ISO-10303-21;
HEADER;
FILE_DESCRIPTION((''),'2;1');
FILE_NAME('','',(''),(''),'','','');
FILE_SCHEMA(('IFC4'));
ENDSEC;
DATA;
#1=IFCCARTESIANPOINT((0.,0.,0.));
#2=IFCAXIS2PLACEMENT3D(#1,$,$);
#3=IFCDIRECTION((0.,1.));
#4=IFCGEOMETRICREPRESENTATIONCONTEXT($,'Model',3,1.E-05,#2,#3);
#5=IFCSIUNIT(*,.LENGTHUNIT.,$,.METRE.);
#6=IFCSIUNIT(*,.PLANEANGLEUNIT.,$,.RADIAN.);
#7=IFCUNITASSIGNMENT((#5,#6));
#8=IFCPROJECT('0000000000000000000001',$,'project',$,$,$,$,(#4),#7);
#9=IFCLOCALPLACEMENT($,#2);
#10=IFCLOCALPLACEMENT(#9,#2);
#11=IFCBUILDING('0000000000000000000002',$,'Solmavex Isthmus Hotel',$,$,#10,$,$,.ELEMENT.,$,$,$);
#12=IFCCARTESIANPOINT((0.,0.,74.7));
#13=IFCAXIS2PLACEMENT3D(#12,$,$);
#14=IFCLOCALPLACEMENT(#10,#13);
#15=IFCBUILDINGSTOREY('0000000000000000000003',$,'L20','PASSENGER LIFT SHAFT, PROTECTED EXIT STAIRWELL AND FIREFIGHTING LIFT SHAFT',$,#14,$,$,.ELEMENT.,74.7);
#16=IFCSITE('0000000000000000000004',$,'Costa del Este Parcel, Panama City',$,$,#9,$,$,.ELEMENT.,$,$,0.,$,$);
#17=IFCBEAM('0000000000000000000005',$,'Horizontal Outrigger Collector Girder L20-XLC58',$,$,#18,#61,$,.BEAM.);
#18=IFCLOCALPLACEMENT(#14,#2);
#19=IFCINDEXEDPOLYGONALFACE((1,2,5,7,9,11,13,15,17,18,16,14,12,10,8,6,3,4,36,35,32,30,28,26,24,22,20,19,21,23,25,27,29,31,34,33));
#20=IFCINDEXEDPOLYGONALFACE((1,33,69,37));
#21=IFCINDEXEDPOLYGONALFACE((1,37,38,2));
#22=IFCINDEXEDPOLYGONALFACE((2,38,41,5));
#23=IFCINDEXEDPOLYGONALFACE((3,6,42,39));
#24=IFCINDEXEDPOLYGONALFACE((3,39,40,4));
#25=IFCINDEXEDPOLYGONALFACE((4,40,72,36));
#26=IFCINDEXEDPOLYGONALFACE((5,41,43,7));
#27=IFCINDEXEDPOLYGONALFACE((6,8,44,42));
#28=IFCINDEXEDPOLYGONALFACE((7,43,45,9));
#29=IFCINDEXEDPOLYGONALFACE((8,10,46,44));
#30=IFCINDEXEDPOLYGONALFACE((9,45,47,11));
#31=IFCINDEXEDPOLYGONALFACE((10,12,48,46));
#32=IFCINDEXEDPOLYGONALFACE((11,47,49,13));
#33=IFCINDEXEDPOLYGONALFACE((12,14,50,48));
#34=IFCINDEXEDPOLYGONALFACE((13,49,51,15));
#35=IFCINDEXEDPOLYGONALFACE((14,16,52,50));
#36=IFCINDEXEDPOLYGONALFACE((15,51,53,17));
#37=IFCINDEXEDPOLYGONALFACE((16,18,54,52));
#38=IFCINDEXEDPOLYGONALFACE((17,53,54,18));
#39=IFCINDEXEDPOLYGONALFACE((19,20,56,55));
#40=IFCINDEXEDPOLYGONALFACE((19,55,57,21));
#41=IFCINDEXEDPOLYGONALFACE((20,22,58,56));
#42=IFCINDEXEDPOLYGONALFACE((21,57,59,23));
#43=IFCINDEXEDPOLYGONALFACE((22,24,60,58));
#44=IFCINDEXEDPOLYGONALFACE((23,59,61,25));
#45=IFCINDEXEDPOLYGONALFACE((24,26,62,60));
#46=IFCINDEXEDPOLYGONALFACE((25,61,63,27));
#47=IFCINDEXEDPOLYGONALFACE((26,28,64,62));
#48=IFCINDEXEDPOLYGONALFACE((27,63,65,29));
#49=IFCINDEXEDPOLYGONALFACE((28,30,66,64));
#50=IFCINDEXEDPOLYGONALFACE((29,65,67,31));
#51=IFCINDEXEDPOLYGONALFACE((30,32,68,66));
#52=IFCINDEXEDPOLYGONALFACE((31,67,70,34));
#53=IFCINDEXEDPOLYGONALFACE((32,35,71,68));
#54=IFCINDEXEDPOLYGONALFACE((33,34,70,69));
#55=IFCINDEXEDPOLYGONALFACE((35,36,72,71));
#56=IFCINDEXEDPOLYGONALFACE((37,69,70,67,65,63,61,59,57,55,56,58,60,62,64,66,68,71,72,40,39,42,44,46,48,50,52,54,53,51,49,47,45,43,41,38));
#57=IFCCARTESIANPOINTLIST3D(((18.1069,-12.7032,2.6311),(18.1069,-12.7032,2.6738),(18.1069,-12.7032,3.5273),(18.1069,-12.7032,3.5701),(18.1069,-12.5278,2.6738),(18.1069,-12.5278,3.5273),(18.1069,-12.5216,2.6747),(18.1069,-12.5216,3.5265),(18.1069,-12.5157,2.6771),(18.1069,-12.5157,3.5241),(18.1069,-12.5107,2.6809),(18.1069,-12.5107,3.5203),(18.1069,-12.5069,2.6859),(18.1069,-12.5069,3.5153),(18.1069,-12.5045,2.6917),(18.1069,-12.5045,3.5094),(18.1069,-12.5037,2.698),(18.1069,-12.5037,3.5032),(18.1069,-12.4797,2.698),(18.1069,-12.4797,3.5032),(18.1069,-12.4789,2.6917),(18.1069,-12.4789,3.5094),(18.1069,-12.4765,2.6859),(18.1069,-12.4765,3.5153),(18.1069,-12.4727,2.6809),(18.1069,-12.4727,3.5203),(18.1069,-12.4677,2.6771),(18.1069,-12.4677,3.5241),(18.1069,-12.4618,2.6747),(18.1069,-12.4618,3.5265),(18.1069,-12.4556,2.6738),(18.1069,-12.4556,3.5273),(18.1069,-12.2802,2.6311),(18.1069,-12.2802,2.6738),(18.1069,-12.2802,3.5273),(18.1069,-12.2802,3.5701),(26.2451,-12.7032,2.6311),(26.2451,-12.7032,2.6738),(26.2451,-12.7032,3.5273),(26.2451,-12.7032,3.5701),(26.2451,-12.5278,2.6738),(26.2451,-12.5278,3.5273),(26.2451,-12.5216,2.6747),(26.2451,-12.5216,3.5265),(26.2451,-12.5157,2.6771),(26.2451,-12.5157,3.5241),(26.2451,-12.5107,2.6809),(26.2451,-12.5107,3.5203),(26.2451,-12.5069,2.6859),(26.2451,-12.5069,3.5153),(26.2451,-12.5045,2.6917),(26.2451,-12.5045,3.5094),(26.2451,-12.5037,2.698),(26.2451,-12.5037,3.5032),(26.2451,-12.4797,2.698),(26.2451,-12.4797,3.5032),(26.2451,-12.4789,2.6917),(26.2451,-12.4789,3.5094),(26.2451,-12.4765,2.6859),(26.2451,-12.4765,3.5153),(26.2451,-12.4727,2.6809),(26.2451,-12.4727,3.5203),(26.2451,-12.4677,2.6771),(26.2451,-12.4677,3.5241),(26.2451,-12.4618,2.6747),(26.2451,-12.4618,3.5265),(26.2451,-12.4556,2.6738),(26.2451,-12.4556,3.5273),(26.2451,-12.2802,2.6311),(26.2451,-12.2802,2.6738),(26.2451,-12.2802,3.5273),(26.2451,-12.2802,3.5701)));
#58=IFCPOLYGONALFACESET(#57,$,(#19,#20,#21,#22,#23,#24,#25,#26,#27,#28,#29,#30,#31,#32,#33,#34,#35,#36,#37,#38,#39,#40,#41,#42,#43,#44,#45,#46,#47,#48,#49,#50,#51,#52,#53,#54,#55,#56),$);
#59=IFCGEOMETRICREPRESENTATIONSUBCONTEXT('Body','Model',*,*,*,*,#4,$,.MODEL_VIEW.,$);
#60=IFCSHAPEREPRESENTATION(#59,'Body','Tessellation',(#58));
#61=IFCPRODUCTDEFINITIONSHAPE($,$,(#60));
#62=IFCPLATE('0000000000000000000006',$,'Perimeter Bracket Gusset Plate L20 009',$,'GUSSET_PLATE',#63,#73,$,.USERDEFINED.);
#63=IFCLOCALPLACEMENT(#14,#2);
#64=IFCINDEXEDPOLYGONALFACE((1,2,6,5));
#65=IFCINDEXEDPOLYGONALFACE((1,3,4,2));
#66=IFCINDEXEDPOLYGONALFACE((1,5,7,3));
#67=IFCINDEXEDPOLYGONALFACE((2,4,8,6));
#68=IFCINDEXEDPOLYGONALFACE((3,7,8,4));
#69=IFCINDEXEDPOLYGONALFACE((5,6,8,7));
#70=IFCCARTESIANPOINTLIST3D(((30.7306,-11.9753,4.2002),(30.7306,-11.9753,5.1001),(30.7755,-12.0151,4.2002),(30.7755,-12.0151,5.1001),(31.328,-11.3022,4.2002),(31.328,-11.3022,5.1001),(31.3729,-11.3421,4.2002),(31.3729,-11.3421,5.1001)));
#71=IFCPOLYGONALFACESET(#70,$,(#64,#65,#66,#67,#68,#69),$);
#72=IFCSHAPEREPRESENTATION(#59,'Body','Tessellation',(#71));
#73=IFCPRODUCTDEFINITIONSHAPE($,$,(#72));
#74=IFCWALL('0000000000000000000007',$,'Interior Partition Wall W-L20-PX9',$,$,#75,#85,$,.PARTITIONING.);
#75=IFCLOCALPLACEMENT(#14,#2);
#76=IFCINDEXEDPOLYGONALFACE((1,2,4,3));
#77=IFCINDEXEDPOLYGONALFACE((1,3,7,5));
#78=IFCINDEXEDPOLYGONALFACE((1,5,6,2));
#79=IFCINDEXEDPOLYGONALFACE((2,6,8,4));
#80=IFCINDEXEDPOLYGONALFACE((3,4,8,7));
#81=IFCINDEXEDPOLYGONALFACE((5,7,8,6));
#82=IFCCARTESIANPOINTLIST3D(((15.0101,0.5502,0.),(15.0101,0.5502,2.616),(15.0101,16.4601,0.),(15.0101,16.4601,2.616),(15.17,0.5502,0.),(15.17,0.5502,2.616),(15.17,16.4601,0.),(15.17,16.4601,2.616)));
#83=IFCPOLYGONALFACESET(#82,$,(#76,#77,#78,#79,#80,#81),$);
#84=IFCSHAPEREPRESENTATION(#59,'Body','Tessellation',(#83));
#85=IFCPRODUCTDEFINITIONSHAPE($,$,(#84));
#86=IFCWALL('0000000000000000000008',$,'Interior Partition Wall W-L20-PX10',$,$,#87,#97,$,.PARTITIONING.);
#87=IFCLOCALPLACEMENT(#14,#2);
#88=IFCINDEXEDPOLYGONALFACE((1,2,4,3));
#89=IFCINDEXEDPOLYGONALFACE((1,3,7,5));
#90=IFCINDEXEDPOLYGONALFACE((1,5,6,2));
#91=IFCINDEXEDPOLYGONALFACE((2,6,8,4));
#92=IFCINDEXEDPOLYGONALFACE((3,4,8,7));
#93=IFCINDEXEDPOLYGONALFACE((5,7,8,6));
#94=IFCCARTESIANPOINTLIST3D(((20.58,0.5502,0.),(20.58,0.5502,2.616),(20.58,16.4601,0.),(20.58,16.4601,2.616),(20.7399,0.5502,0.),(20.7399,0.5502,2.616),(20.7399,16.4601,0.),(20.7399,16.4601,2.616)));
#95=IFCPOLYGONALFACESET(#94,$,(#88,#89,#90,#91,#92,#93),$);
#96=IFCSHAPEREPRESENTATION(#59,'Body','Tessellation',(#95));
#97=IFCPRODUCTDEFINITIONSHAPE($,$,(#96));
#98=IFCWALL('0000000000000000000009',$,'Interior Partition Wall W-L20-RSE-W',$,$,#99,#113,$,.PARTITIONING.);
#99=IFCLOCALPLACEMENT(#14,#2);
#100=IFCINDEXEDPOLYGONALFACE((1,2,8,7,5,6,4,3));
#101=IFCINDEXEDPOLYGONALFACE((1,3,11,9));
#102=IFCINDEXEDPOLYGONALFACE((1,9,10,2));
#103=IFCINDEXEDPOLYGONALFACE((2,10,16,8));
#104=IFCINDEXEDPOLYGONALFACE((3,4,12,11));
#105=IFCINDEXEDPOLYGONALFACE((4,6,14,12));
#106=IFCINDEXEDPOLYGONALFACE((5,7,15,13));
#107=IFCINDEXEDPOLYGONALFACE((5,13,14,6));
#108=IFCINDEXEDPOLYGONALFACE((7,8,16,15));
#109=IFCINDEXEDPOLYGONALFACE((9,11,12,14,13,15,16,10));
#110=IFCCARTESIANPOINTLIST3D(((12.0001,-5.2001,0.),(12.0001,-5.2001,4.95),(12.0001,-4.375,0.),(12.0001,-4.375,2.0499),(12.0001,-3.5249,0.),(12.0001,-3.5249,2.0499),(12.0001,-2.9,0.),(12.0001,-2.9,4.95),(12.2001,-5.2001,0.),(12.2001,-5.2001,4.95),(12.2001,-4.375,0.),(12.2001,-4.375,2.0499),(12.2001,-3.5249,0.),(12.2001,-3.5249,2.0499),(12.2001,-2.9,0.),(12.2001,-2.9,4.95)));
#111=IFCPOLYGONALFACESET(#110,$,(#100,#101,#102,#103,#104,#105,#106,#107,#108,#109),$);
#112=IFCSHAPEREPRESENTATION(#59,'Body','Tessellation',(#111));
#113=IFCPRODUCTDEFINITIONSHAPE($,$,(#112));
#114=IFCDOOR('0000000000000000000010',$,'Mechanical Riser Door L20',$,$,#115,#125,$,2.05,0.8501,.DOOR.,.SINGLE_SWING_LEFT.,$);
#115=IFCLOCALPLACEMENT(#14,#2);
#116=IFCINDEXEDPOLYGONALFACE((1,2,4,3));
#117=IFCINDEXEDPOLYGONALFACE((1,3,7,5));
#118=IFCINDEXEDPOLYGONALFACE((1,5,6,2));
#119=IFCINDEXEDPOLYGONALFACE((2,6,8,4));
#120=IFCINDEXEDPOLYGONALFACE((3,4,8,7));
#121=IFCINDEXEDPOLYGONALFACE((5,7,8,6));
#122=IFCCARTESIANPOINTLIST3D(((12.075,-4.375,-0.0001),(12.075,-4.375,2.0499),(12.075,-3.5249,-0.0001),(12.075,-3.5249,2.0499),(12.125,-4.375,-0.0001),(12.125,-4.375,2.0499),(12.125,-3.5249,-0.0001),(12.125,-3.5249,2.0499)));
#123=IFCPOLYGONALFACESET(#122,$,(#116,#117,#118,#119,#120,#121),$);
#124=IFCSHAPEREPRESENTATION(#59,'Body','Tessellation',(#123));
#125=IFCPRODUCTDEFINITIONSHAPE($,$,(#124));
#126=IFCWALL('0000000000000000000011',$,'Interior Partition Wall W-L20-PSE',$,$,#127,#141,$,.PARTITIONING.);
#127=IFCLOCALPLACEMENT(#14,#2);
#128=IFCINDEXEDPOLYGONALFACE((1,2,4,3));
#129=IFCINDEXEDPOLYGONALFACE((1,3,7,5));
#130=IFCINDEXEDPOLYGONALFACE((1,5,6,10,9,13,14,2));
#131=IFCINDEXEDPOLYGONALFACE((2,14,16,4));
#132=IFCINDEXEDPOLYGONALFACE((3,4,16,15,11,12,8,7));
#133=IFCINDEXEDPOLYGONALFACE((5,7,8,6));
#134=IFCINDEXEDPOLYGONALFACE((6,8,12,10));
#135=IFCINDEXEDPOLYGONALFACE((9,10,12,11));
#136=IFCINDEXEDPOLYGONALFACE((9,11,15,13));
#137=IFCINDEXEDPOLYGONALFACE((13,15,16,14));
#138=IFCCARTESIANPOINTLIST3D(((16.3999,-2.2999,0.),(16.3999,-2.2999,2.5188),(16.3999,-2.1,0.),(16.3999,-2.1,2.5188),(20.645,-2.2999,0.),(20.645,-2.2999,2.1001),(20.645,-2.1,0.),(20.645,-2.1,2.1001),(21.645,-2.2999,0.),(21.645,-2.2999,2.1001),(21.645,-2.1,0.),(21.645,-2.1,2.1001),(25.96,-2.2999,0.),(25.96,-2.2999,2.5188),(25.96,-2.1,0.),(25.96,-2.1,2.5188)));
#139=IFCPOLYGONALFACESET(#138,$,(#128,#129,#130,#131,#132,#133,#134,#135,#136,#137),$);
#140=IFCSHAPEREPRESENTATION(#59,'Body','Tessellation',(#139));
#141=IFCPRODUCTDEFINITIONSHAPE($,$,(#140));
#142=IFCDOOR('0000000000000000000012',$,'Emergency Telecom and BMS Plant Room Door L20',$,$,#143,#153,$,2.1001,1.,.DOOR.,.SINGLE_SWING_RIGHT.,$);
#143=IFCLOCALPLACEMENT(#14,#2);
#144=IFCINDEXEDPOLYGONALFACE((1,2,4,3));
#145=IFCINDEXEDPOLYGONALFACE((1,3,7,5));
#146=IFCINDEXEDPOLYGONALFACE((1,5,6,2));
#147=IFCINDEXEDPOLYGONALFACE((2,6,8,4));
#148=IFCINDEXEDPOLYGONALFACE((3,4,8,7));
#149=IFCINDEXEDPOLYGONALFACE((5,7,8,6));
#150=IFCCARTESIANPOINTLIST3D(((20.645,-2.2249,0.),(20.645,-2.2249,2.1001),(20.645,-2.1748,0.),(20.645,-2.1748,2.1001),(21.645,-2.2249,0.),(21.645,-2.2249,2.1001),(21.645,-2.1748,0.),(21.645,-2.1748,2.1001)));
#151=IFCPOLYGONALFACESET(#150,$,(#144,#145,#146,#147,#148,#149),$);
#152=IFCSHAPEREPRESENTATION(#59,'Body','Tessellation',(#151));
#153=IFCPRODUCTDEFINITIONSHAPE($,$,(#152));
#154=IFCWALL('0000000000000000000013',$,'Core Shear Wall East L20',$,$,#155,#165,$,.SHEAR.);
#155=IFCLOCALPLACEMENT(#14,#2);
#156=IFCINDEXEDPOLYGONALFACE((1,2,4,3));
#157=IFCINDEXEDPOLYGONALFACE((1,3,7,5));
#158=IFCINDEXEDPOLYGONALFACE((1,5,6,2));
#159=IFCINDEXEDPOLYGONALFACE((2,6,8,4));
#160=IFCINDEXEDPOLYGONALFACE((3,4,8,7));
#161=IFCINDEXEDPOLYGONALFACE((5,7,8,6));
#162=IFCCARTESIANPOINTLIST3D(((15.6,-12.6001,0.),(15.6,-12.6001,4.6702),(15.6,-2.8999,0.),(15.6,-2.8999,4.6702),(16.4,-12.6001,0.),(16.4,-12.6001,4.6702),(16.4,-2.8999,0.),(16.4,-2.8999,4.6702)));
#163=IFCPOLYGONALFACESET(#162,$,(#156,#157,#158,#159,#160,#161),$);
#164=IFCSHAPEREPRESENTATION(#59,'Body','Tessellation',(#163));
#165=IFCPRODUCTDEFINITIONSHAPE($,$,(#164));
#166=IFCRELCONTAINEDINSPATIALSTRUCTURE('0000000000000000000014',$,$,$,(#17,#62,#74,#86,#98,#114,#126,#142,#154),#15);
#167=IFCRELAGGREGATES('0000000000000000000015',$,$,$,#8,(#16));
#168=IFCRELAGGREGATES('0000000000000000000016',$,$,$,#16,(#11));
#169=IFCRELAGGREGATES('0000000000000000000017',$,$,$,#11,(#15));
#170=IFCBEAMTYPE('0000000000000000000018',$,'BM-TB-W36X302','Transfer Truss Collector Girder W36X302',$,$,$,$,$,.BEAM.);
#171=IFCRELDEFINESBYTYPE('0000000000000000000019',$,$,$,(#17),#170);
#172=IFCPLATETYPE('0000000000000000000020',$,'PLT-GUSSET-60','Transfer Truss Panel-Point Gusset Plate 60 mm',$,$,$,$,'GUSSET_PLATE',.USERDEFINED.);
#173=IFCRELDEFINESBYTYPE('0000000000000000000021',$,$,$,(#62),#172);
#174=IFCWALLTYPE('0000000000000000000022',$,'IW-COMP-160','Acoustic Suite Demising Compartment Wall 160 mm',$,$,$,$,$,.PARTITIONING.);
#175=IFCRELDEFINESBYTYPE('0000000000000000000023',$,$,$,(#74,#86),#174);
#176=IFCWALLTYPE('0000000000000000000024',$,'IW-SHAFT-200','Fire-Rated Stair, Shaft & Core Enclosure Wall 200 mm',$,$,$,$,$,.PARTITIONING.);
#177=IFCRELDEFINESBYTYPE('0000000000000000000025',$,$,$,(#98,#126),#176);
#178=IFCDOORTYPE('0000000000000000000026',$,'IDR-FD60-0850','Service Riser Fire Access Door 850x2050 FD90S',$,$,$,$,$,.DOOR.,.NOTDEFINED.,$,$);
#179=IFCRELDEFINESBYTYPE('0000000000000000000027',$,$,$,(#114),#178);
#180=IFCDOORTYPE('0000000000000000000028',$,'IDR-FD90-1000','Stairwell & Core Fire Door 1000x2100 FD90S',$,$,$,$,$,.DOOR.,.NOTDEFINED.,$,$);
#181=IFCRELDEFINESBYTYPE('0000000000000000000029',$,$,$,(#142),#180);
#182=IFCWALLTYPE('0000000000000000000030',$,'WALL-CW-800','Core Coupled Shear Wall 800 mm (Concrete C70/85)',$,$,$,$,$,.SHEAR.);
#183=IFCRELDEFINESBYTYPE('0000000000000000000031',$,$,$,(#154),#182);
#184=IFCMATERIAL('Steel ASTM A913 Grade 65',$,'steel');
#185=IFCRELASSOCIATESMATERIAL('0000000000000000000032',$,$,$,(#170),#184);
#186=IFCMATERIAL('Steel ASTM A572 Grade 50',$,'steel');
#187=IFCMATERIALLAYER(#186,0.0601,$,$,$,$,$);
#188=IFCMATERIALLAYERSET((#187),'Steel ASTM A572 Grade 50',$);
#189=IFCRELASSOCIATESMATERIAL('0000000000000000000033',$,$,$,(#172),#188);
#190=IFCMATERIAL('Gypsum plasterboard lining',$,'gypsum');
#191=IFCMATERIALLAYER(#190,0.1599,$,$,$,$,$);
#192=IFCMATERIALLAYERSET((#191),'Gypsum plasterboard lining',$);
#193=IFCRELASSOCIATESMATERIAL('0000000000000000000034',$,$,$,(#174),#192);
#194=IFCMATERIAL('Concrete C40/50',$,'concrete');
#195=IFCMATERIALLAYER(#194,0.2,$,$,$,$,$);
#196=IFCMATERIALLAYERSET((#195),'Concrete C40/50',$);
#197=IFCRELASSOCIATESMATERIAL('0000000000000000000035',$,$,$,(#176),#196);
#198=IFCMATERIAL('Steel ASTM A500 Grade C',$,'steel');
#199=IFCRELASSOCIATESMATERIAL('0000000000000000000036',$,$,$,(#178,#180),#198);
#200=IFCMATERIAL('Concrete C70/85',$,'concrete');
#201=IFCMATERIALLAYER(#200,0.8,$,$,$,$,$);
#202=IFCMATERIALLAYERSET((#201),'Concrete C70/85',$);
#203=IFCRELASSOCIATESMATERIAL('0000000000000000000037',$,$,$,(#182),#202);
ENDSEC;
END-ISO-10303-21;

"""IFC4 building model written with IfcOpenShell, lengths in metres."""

from ifc_helpers import new_model, si_unit, direction, frame, frame_2d, origin, origin_2d, place, context, subcontext, project, spatial, rectangle, i_section, extrude, material, layer, layer_set, material_profile, profile_set, type_object, element, fill, save


model = new_model("IFC4")

# Units and contexts
model_context = context("Model", 3, precision=1e-05, world=origin(), true_north=direction((0.0, 1.0)))
body_context = subcontext(model_context, "Body", "Model", "MODEL_VIEW")
ifc_project = project(units=[si_unit("LENGTHUNIT", "METRE"), si_unit("PLANEANGLEUNIT", "RADIAN")], contexts=[model_context])

# Site, building, storey
site_placement = place(None, origin())
site = spatial("IfcSite", under=ifc_project, at=site_placement, Name="Costa del Este Parcel, Panama City", CompositionType="ELEMENT", RefElevation=0.0)
building_placement = place(site_placement, origin())
building = spatial("IfcBuilding", under=site, at=building_placement, Name="Solmavex Isthmus Hotel", CompositionType="ELEMENT")
storey_placement = place(building_placement, frame((0.0, 0.0, 74.7)))
storey = spatial("IfcBuildingStorey", under=building, at=storey_placement, Name="L20", Description="PASSENGER LIFT SHAFT, PROTECTED EXIT STAIRWELL AND FIREFIGHTING LIFT SHAFT", CompositionType="ELEMENT", Elevation=74.7)

# Shared definitions
ifc_material_1 = material(Name="Concrete C70/85", Category="concrete")
ifc_material_2 = material(Name="Steel ASTM A913 Grade 65", Category="steel")

# Beam
ifc_material_profile_1 = material_profile(ifc_material_2, i_section(OverallWidth=0.4231, OverallDepth=0.939, WebThickness=0.0239, FlangeThickness=0.0427, FilletRadius=0.0242, at=origin_2d()), Name="W36X302")
ifc_profile_set_1 = profile_set([ifc_material_profile_1], Name="Steel ASTM A913 Grade 65")
beam_type_1 = type_object("IfcBeamType", Name="BM-TB-W36X302", Description="Transfer Truss Collector Girder W36X302", PredefinedType="BEAM", material=ifc_profile_set_1)
beam_1_placement = place(storey_placement, frame((18.1069, -12.4917, 3.1006), z_axis=(1.0, 0.0, 0.0), x_axis=(0.0, 1.0, 0.0)))
element("IfcBeam", 1, at=beam_1_placement, inside=storey, type_object=beam_type_1, Name="Horizontal Outrigger Collector Girder L20-XLC58", PredefinedType="BEAM", context=body_context, shape_type="SweptSolid", body=[
    extrude(i_section(OverallWidth=0.4231, OverallDepth=0.939, WebThickness=0.0239, FlangeThickness=0.0427, FilletRadius=0.0242, at=origin_2d()), origin(), (0.0, 0.0, 1.0), 8.1382),
])

# Plate
ifc_material_3 = material(Name="Steel ASTM A572 Grade 50", Category="steel")
ifc_layer_1 = layer(ifc_material_3, 0.0601)
ifc_layer_set_1 = layer_set([ifc_layer_1], Name="Steel ASTM A572 Grade 50")
plate_type = type_object("IfcPlateType", Name="PLT-GUSSET-60", Description="Transfer Truss Panel-Point Gusset Plate 60 mm", ElementType="GUSSET_PLATE", PredefinedType="USERDEFINED", material=ifc_layer_set_1)
plate_placement = place(storey_placement, frame((31.0518, -11.6587, 4.2002), z_axis=(0.0, 0.0, 1.0), x_axis=(0.663796, 0.747914, 0.0)))
element("IfcPlate", 2, at=plate_placement, inside=storey, type_object=plate_type, Name="Perimeter Bracket Gusset Plate L20 009", ObjectType="GUSSET_PLATE", PredefinedType="USERDEFINED", context=body_context, shape_type="SweptSolid", body=[
    extrude(rectangle(XDim=0.8999, YDim=0.0601, at=origin_2d()), origin(), (0.0, 0.0, 1.0), 0.8999),
])

# Walls
ifc_material_4 = material(Name="Gypsum plasterboard lining", Category="gypsum")
ifc_layer_2 = layer(ifc_material_4, 0.1599)
ifc_layer_set_2 = layer_set([ifc_layer_2], Name="Gypsum plasterboard lining")
wall_type_1 = type_object("IfcWallType", Name="IW-COMP-160", Description="Acoustic Suite Demising Compartment Wall 160 mm", PredefinedType="PARTITIONING", material=ifc_layer_set_2)
for number, where, z_axis, x_axis, name in (
    (3, (15.0901, 0.55, 0.0), (0.0, 0.0, 1.0), (0.0, 1.0, 0.0), "Interior Partition Wall W-L20-PX9"),
    (4, (20.6599, 0.55, 0.0), (0.0, 0.0, 1.0), (0.0, 1.0, 0.0), "Interior Partition Wall W-L20-PX10"),
):
    element("IfcWall", number, at=place(storey_placement, frame(where, z_axis=z_axis, x_axis=x_axis)), inside=storey, type_object=wall_type_1, Name=name, PredefinedType="PARTITIONING", context=body_context, shape_type="SweptSolid", body=[
        extrude(rectangle(XDim=15.9099, YDim=0.1599, at=frame_2d((7.9551, 0.0))), origin(), (0.0, 0.0, 1.0), 2.616),
    ])

# Walls, openings, doors
ifc_material_5 = material(Name="Concrete C40/50", Category="concrete")
ifc_layer_3 = layer(ifc_material_5, 0.2)
ifc_layer_set_3 = layer_set([ifc_layer_3], Name="Concrete C40/50")
wall_type_2 = type_object("IfcWallType", Name="IW-SHAFT-200", Description="Fire-Rated Stair, Shaft & Core Enclosure Wall 200 mm", PredefinedType="PARTITIONING", material=ifc_layer_set_3)
wall_1_placement = place(storey_placement, frame((12.1001, -5.2, 0.0), z_axis=(0.0, 0.0, 1.0), x_axis=(0.0, 1.0, 0.0)))
wall_1 = element("IfcWall", 5, at=wall_1_placement, inside=storey, type_object=wall_type_2, Name="Interior Partition Wall W-L20-RSE-W", PredefinedType="PARTITIONING", context=body_context, shape_type="SweptSolid", body=[
    extrude(rectangle(XDim=2.3, YDim=0.2, at=frame_2d((1.1499, 0.0))), origin(), (0.0, 0.0, 1.0), 4.95),
])
opening_1_placement = place(wall_1_placement, frame((0.825, 0.0, 0.0)))
opening_1 = element("IfcOpeningElement", 6, at=opening_1_placement, cuts=wall_1, PredefinedType="OPENING", context=body_context, shape_type="SweptSolid", body=[
    extrude(rectangle(XDim=0.8501, YDim=2.05, at=frame_2d((0.425, 1.0249))), frame((0.0, 0.1099, 0.0), z_axis=(0.0, -1.0, 0.0), x_axis=(1.0, 0.0, 0.0)), (0.0, 0.0, 1.0), 0.22),
])
ifc_material_6 = material(Name="Steel ASTM A500 Grade C", Category="steel")
door_type_1 = type_object("IfcDoorType", Name="IDR-FD60-0850", Description="Service Riser Fire Access Door 850x2050 FD90S", OperationType="NOTDEFINED", PredefinedType="DOOR", material=ifc_material_6)
door_1_placement = place(opening_1_placement, frame((0.8501, 0.0, 0.0), z_axis=(0.0, 0.0, 1.0), x_axis=(-1.0, 0.0, 0.0)))
door_1 = element("IfcDoor", 7, at=door_1_placement, inside=storey, type_object=door_type_1, Name="Mechanical Riser Door L20", OperationType="SINGLE_SWING_LEFT", OverallHeight=2.05, OverallWidth=0.8501, PredefinedType="DOOR", context=body_context, shape_type="SweptSolid", body=[
    extrude(rectangle(XDim=0.8501, YDim=2.05, at=frame_2d((0.425, 1.0249))), frame((0.0, 0.0249, 0.0), z_axis=(0.0, -1.0, 0.0), x_axis=(1.0, 0.0, 0.0)), (0.0, 0.0, 1.0), 0.05),
])
fill(opening_1, door_1)
wall_2_placement = place(storey_placement, frame((16.3999, -2.2, 0.0), z_axis=(0.0, 0.0, 1.0), x_axis=(1.0, 0.0, 0.0)))
wall_2 = element("IfcWall", 8, at=wall_2_placement, inside=storey, type_object=wall_type_2, Name="Interior Partition Wall W-L20-PSE", PredefinedType="PARTITIONING", context=body_context, shape_type="SweptSolid", body=[
    extrude(rectangle(XDim=9.5601, YDim=0.2, at=frame_2d((4.78, 0.0))), origin(), (0.0, 0.0, 1.0), 2.5188),
])
opening_2_placement = place(wall_2_placement, frame((4.2451, 0.0, 0.0)))
opening_2 = element("IfcOpeningElement", 9, at=opening_2_placement, cuts=wall_2, PredefinedType="OPENING", context=body_context, shape_type="SweptSolid", body=[
    extrude(rectangle(XDim=1.0, YDim=2.1001, at=frame_2d((0.5, 1.05))), frame((0.0, 0.1099, 0.0), z_axis=(0.0, -1.0, 0.0), x_axis=(1.0, 0.0, 0.0)), (0.0, 0.0, 1.0), 0.22),
])
door_type_2 = type_object("IfcDoorType", Name="IDR-FD90-1000", Description="Stairwell & Core Fire Door 1000x2100 FD90S", OperationType="NOTDEFINED", PredefinedType="DOOR", material=ifc_material_6)
door_2_placement = place(opening_2_placement, frame((1.0, 0.0, 0.0), z_axis=(0.0, 0.0, 1.0), x_axis=(-1.0, 0.0, 0.0)))
door_2 = element("IfcDoor", 10, at=door_2_placement, inside=storey, type_object=door_type_2, Name="Emergency Telecom and BMS Plant Room Door L20", OperationType="SINGLE_SWING_RIGHT", OverallHeight=2.1001, OverallWidth=1.0, PredefinedType="DOOR", context=body_context, shape_type="SweptSolid", body=[
    extrude(rectangle(XDim=1.0, YDim=2.1001, at=frame_2d((0.5, 1.05))), frame((0.0, 0.0249, 0.0), z_axis=(0.0, -1.0, 0.0), x_axis=(1.0, 0.0, 0.0)), (0.0, 0.0, 1.0), 0.05),
])
fill(opening_2, door_2)

# Wall
ifc_layer_4 = layer(ifc_material_1, 0.8)
ifc_layer_set_4 = layer_set([ifc_layer_4], Name="Concrete C70/85")
wall_type_3 = type_object("IfcWallType", Name="WALL-CW-800", Description="Core Coupled Shear Wall 800 mm (Concrete C70/85)", PredefinedType="SHEAR", material=ifc_layer_set_4)
wall_3_placement = place(storey_placement, frame((16.0, -12.6001, 0.0), z_axis=(0.0, 0.0, 1.0), x_axis=(0.0, 1.0, 0.0)))
element("IfcWall", 11, at=wall_3_placement, inside=storey, type_object=wall_type_3, Name="Core Shear Wall East L20", PredefinedType="SHEAR", context=body_context, shape_type="SweptSolid", body=[
    extrude(rectangle(XDim=9.7002, YDim=0.8, at=frame_2d((4.8501, 0.0))), origin(), (0.0, 0.0, 1.0), 4.6702),
])

save(model, "model.ifc")
